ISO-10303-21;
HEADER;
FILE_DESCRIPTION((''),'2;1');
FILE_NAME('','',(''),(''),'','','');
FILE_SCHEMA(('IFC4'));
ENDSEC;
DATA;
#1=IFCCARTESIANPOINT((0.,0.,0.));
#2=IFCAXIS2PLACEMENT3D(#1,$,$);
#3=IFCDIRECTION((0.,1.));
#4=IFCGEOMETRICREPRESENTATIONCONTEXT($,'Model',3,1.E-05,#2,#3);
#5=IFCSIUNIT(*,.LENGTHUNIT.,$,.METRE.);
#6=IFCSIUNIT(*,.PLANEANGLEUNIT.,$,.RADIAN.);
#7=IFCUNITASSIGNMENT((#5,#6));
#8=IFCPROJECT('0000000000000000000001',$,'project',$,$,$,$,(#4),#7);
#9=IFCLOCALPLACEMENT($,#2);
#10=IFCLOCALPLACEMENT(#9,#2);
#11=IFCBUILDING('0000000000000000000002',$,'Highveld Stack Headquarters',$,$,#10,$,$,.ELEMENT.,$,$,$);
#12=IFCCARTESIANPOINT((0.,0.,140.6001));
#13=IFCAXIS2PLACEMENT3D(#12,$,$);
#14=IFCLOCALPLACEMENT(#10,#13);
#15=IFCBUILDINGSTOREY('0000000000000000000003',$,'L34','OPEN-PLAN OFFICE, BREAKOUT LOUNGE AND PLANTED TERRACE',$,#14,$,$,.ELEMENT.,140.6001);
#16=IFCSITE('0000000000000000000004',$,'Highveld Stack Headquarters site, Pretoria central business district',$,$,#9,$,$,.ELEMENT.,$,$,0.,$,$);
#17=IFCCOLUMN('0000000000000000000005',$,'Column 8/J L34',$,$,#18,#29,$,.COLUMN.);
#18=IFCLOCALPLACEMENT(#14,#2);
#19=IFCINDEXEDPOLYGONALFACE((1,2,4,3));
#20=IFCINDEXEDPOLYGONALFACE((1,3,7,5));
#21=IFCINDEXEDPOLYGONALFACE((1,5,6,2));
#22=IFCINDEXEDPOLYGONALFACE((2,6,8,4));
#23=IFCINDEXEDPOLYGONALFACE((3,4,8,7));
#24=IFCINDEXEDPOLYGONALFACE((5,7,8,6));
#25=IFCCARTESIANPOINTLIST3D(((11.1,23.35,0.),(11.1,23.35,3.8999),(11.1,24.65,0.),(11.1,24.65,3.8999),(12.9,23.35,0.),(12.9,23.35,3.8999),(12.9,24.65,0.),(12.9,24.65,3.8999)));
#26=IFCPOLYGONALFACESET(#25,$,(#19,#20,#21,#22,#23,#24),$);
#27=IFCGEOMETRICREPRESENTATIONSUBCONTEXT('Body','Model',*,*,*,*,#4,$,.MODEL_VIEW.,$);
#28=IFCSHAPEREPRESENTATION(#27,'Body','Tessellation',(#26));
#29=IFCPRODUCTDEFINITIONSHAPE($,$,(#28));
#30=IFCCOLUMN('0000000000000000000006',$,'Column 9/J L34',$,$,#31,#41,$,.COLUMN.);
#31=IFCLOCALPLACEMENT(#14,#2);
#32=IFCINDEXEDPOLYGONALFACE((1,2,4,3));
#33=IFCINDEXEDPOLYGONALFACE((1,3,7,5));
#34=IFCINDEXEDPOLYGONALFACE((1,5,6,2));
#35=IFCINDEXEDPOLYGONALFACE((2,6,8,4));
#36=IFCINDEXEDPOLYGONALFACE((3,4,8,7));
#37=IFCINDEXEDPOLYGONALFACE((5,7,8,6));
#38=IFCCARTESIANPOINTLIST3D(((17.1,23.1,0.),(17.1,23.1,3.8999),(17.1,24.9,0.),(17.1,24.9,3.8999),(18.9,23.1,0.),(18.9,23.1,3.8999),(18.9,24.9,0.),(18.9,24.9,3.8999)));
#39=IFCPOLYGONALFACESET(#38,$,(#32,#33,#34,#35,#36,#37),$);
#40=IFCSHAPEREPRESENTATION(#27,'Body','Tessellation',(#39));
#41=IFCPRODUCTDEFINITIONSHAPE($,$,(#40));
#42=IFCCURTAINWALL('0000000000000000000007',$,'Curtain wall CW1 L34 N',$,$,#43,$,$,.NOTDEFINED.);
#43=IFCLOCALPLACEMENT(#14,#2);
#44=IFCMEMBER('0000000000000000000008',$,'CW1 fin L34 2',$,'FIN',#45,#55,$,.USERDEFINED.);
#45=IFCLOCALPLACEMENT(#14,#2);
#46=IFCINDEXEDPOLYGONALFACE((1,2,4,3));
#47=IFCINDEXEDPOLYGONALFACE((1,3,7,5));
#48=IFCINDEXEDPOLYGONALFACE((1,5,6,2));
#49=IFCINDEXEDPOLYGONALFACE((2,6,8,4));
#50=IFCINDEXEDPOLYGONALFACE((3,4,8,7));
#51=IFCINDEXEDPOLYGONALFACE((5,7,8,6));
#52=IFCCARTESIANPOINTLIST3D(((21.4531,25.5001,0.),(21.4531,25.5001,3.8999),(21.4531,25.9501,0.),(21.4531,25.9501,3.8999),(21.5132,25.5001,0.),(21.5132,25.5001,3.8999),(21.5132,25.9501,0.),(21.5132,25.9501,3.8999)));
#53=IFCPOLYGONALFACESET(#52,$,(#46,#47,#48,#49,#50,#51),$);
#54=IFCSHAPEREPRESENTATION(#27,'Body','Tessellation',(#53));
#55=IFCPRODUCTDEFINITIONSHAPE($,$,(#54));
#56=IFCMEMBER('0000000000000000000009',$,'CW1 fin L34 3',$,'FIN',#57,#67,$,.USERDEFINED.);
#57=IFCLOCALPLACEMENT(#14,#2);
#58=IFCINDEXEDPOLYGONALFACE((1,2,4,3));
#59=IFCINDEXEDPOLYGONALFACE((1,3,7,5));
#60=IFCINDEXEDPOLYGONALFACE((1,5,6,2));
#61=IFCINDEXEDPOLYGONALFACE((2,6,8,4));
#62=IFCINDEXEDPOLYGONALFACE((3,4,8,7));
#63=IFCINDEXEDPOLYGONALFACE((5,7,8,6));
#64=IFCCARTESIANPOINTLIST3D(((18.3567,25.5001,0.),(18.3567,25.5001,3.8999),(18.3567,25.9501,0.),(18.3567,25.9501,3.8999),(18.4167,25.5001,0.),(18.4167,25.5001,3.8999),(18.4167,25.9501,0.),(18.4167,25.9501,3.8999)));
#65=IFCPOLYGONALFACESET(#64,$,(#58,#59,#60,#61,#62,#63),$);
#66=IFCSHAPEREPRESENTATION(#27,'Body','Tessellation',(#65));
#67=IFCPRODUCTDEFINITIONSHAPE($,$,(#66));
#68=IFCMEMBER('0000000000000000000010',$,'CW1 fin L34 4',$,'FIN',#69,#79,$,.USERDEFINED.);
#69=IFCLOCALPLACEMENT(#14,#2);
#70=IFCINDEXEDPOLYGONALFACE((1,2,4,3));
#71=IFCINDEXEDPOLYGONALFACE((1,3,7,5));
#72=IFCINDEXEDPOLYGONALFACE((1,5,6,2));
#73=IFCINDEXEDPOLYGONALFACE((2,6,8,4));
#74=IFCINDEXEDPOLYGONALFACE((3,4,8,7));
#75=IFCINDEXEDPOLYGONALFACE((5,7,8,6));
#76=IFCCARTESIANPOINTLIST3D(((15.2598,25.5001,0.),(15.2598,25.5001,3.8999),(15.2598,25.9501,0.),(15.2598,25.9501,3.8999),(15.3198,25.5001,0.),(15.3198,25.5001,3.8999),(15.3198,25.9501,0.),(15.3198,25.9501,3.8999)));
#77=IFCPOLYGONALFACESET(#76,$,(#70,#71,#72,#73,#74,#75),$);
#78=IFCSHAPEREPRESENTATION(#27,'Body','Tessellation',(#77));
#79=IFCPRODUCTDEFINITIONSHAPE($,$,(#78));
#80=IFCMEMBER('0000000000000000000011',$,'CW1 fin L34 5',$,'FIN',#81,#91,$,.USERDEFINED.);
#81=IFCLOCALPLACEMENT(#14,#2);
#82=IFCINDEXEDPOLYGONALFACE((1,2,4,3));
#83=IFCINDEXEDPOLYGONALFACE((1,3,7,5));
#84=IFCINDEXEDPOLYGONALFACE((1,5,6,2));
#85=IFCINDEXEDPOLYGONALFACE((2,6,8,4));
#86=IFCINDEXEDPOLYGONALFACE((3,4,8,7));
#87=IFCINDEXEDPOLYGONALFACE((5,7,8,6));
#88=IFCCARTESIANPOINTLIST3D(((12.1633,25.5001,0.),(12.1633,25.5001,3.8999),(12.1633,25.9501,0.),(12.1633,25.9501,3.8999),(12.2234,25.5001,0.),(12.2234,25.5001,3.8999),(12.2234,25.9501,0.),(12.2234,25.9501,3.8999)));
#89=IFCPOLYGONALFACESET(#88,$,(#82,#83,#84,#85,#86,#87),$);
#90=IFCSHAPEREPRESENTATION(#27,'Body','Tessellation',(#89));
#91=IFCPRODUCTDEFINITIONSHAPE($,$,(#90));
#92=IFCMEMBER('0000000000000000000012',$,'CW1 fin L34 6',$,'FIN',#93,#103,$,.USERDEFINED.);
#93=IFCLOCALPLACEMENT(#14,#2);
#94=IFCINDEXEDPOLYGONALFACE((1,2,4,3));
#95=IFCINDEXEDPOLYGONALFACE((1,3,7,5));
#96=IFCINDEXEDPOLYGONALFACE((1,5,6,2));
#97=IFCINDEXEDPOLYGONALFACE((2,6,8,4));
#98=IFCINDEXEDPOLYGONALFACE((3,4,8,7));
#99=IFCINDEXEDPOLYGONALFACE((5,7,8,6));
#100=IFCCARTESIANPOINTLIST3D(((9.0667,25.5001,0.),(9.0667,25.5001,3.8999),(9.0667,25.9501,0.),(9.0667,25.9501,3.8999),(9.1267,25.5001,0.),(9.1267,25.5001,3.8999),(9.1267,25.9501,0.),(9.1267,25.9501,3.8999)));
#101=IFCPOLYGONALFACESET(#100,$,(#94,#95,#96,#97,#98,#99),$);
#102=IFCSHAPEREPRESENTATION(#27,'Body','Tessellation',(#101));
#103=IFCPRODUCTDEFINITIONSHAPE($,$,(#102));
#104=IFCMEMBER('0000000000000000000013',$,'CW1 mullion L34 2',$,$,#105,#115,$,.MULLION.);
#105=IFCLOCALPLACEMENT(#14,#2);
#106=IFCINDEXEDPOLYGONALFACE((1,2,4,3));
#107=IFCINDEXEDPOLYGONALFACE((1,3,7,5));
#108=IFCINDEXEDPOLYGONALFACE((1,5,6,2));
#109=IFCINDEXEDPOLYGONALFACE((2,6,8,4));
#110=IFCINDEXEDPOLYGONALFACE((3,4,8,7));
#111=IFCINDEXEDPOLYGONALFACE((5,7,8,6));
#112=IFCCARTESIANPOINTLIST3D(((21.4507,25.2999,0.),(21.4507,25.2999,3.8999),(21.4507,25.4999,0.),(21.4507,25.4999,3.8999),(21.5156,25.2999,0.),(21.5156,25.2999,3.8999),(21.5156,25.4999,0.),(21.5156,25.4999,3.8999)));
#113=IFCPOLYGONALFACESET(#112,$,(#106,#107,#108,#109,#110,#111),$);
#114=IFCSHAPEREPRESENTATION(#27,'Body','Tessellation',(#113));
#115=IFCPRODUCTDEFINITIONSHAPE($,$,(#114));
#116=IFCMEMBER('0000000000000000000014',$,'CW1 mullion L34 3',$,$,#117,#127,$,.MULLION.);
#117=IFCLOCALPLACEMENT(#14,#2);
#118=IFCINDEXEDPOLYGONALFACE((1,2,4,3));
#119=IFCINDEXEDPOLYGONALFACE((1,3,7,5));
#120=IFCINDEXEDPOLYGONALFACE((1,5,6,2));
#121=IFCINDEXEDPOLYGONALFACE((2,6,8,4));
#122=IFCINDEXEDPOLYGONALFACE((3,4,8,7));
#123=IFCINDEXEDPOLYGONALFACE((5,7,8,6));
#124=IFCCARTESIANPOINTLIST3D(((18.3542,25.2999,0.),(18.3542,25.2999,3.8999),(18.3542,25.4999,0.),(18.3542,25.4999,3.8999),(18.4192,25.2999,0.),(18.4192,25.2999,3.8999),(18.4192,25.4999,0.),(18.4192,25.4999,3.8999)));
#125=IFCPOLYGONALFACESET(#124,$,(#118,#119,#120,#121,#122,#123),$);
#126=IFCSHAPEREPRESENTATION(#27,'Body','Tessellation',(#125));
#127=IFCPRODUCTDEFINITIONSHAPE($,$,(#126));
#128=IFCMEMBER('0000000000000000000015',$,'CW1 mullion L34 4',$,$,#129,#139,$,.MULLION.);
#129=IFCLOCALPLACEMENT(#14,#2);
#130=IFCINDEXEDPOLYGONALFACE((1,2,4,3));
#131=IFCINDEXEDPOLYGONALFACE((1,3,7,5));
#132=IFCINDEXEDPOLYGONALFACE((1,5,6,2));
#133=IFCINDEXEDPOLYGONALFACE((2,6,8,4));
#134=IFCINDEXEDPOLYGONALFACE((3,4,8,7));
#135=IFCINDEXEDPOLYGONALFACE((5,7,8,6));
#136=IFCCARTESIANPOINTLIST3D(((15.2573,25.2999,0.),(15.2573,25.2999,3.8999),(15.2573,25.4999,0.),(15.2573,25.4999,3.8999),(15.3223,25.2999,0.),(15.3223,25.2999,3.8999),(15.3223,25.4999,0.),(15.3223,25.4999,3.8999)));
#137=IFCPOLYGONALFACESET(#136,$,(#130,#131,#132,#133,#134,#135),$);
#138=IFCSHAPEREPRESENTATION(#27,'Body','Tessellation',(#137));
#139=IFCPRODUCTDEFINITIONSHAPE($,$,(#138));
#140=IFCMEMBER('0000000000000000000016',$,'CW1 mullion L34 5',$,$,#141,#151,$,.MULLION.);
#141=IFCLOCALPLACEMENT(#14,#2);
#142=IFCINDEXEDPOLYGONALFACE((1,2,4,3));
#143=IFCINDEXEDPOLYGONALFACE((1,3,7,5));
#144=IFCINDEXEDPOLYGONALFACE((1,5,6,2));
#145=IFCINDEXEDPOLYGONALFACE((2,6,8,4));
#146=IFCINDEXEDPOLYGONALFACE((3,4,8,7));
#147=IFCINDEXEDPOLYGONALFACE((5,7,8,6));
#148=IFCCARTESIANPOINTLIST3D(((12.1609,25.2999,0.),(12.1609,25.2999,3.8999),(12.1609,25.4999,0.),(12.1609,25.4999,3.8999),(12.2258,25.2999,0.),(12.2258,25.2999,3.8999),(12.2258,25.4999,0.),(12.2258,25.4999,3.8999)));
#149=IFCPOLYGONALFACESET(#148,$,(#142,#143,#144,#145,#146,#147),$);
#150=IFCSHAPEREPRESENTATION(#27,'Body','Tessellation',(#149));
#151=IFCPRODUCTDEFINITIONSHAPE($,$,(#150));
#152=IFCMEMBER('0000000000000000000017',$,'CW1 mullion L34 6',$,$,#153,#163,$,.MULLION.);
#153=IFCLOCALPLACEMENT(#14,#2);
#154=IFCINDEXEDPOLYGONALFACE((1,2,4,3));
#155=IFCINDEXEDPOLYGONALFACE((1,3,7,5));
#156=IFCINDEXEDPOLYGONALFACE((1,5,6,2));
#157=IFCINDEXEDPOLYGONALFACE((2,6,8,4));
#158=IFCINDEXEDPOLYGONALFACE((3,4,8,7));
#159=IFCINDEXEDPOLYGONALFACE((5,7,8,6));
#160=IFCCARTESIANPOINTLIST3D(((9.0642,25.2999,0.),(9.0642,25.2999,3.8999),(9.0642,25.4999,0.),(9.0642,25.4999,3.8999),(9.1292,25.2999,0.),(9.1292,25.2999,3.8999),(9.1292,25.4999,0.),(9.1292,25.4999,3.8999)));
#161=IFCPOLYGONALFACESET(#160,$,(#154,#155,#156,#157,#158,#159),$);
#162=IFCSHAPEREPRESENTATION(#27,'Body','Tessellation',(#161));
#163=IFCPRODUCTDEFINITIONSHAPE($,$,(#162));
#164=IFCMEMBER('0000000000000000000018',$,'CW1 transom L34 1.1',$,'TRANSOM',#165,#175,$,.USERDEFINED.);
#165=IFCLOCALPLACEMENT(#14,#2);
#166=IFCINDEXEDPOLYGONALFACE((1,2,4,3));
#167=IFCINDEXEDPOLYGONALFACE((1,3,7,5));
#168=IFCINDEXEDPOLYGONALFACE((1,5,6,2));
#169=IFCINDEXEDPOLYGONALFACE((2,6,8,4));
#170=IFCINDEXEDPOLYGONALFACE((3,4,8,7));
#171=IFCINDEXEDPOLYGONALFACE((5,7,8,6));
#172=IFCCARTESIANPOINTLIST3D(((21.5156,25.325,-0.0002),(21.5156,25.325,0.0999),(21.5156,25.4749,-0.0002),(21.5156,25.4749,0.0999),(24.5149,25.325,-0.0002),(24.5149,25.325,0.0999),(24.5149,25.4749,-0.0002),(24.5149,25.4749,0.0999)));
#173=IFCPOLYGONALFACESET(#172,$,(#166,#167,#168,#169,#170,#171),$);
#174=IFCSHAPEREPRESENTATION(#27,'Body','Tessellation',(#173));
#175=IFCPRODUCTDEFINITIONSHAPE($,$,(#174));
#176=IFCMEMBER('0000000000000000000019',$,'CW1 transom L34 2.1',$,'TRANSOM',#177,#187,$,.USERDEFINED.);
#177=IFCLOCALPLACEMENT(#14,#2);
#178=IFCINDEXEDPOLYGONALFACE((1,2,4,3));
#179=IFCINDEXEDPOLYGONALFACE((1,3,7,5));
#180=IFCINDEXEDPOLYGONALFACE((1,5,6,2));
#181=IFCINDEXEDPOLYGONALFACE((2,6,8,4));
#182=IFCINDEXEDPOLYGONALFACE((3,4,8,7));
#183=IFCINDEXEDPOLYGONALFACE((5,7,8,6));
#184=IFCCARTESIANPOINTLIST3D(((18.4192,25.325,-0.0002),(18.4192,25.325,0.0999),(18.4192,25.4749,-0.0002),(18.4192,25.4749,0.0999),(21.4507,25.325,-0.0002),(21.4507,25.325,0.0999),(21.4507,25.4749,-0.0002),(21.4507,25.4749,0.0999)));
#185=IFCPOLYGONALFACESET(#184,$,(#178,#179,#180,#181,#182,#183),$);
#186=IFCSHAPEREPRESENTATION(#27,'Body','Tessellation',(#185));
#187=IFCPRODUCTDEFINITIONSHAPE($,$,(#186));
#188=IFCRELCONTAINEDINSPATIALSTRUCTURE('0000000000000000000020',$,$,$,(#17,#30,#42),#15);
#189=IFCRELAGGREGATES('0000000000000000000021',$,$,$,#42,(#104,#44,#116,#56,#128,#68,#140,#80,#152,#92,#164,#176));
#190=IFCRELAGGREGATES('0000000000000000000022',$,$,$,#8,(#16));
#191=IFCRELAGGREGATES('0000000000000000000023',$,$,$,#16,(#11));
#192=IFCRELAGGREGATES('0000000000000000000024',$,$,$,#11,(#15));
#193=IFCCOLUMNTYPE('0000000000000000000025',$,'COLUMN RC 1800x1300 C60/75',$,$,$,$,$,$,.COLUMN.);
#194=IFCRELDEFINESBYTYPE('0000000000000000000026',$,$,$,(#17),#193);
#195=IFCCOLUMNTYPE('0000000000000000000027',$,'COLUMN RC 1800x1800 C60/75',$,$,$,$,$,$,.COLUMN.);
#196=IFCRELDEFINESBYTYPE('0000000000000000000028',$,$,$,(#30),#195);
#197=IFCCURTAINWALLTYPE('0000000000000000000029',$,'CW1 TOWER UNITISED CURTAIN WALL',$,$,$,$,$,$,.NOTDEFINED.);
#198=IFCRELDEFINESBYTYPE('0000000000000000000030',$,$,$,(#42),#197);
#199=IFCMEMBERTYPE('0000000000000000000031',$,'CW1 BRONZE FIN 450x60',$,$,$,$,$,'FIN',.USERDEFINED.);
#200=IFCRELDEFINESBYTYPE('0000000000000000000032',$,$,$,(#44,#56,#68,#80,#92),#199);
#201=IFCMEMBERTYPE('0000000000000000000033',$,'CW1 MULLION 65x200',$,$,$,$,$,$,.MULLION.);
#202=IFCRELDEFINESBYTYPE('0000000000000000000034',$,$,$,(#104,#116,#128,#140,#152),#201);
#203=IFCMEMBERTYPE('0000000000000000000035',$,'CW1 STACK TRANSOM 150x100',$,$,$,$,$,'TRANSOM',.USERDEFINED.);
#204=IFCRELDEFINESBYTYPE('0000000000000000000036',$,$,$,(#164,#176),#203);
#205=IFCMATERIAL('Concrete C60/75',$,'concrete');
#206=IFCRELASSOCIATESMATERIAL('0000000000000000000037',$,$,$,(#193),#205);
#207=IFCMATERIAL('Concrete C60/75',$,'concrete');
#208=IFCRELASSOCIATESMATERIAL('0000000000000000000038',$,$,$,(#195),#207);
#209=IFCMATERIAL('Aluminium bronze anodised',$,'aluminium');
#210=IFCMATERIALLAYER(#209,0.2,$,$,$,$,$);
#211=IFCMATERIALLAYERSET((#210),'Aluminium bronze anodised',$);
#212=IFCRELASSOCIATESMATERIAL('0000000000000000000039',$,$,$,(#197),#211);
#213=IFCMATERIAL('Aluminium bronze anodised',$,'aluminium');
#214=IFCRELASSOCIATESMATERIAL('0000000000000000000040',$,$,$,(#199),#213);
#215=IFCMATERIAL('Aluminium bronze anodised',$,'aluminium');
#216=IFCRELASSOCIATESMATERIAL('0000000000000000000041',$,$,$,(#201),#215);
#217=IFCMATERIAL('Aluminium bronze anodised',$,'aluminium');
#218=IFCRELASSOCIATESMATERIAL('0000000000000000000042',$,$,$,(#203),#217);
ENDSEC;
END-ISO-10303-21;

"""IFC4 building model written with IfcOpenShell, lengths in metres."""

from ifc_helpers import new_model, si_unit, direction, frame, origin, origin_2d, place, context, subcontext, project, spatial, rectangle, extrude, material, layer, layer_set, material_profile, profile_set, type_object, element, aggregate, save


model = new_model("IFC4")

# Units and contexts
model_context = context("Model", 3, precision=1e-05, world=origin(), true_north=direction((0.0, 1.0)))
body_context = subcontext(model_context, "Body", "Model", "MODEL_VIEW")
ifc_project = project(units=[si_unit("LENGTHUNIT", "METRE"), si_unit("PLANEANGLEUNIT", "RADIAN")], contexts=[model_context])

# Site, building, storey
site_placement = place(None, origin())
site = spatial("IfcSite", under=ifc_project, at=site_placement, Name="Highveld Stack Headquarters site, Pretoria central business district", CompositionType="ELEMENT", RefElevation=0.0)
building_placement = place(site_placement, origin())
building = spatial("IfcBuilding", under=site, at=building_placement, Name="Highveld Stack Headquarters", CompositionType="ELEMENT")
storey_placement = place(building_placement, frame((0.0, 0.0, 140.6001)))
storey = spatial("IfcBuildingStorey", under=building, at=storey_placement, Name="L34", Description="OPEN-PLAN OFFICE, BREAKOUT LOUNGE AND PLANTED TERRACE", CompositionType="ELEMENT", Elevation=140.6001)

# Columns
ifc_material_1 = material(Name="Concrete C60/75", Category="concrete")
ifc_material_profile_1 = material_profile(ifc_material_1, rectangle(XDim=1.8, YDim=1.3, at=origin_2d()), Name="RC 1800x1300")
ifc_profile_set_1 = profile_set([ifc_material_profile_1], Name="Concrete C60/75")
column_type_1 = type_object("IfcColumnType", Name="COLUMN RC 1800x1300 C60/75", PredefinedType="COLUMN", material=ifc_profile_set_1)
column_1_placement = place(storey_placement, frame((12.0, 24.0, 0.0), z_axis=(0.0, 0.0, 1.0), x_axis=(1.0, 0.0, 0.0)))
element("IfcColumn", 1, at=column_1_placement, inside=storey, type_object=column_type_1, Name="Column 8/J L34", PredefinedType="COLUMN", context=body_context, shape_type="SweptSolid", body=[
    extrude(rectangle(XDim=1.8, YDim=1.3, at=origin_2d()), origin(), (0.0, 0.0, 1.0), 3.8999),
])
ifc_material_2 = material(Name="Concrete C60/75", Category="concrete")
ifc_material_profile_2 = material_profile(ifc_material_2, rectangle(XDim=1.8, YDim=1.8, at=origin_2d()), Name="RC 1800x1800")
ifc_profile_set_2 = profile_set([ifc_material_profile_2], Name="Concrete C60/75")
column_type_2 = type_object("IfcColumnType", Name="COLUMN RC 1800x1800 C60/75", PredefinedType="COLUMN", material=ifc_profile_set_2)
column_2_placement = place(storey_placement, frame((18.0, 24.0, 0.0), z_axis=(0.0, 0.0, 1.0), x_axis=(1.0, 0.0, 0.0)))
element("IfcColumn", 2, at=column_2_placement, inside=storey, type_object=column_type_2, Name="Column 9/J L34", PredefinedType="COLUMN", context=body_context, shape_type="SweptSolid", body=[
    extrude(rectangle(XDim=1.8, YDim=1.8, at=origin_2d()), origin(), (0.0, 0.0, 1.0), 3.8999),
])

# Curtain wall, members
ifc_material_3 = material(Name="Aluminium bronze anodised", Category="aluminium")
ifc_layer_1 = layer(ifc_material_3, 0.2)
ifc_layer_set_1 = layer_set([ifc_layer_1], Name="Aluminium bronze anodised")
curtain_wall_type = type_object("IfcCurtainWallType", Name="CW1 TOWER UNITISED CURTAIN WALL", PredefinedType="NOTDEFINED", material=ifc_layer_set_1)
curtain_wall_placement = place(storey_placement, origin())
curtain_wall = element("IfcCurtainWall", 3, at=curtain_wall_placement, inside=storey, type_object=curtain_wall_type, Name="Curtain wall CW1 L34 N", PredefinedType="NOTDEFINED")
ifc_material_4 = material(Name="Aluminium bronze anodised", Category="aluminium")
ifc_material_profile_3 = material_profile(ifc_material_4, rectangle(XDim=0.45, YDim=0.0601, at=origin_2d()), Name="FIN 450x60")
ifc_profile_set_3 = profile_set([ifc_material_profile_3], Name="Aluminium bronze anodised")
member_type_1 = type_object("IfcMemberType", Name="CW1 BRONZE FIN 450x60", ElementType="FIN", PredefinedType="USERDEFINED", material=ifc_profile_set_3)
member_1_placement = place(storey_placement, frame((21.4832, 25.7251, 0.0), z_axis=(0.0, 0.0, 1.0), x_axis=(0.0, -1.0, 0.0)))
member_1 = element("IfcMember", 4, at=member_1_placement, type_object=member_type_1, Name="CW1 fin L34 2", ObjectType="FIN", PredefinedType="USERDEFINED", context=body_context, shape_type="SweptSolid", body=[
    extrude(rectangle(XDim=0.45, YDim=0.0601, at=origin_2d()), origin(), (0.0, 0.0, 1.0), 3.8999),
])
member_2_placement = place(storey_placement, frame((18.3867, 25.7251, 0.0), z_axis=(0.0, 0.0, 1.0), x_axis=(0.0, -1.0, 0.0)))
member_2 = element("IfcMember", 5, at=member_2_placement, type_object=member_type_1, Name="CW1 fin L34 3", ObjectType="FIN", PredefinedType="USERDEFINED", context=body_context, shape_type="SweptSolid", body=[
    extrude(rectangle(XDim=0.45, YDim=0.0601, at=origin_2d()), origin(), (0.0, 0.0, 1.0), 3.8999),
])
member_3_placement = place(storey_placement, frame((15.2898, 25.7251, 0.0), z_axis=(0.0, 0.0, 1.0), x_axis=(0.0, -1.0, 0.0)))
member_3 = element("IfcMember", 6, at=member_3_placement, type_object=member_type_1, Name="CW1 fin L34 4", ObjectType="FIN", PredefinedType="USERDEFINED", context=body_context, shape_type="SweptSolid", body=[
    extrude(rectangle(XDim=0.45, YDim=0.0601, at=origin_2d()), origin(), (0.0, 0.0, 1.0), 3.8999),
])
member_4_placement = place(storey_placement, frame((12.1934, 25.7251, 0.0), z_axis=(0.0, 0.0, 1.0), x_axis=(0.0, -1.0, 0.0)))
member_4 = element("IfcMember", 7, at=member_4_placement, type_object=member_type_1, Name="CW1 fin L34 5", ObjectType="FIN", PredefinedType="USERDEFINED", context=body_context, shape_type="SweptSolid", body=[
    extrude(rectangle(XDim=0.45, YDim=0.0601, at=origin_2d()), origin(), (0.0, 0.0, 1.0), 3.8999),
])
member_5_placement = place(storey_placement, frame((9.0967, 25.7251, 0.0), z_axis=(0.0, 0.0, 1.0), x_axis=(0.0, -1.0, 0.0)))
member_5 = element("IfcMember", 8, at=member_5_placement, type_object=member_type_1, Name="CW1 fin L34 6", ObjectType="FIN", PredefinedType="USERDEFINED", context=body_context, shape_type="SweptSolid", body=[
    extrude(rectangle(XDim=0.45, YDim=0.0601, at=origin_2d()), origin(), (0.0, 0.0, 1.0), 3.8999),
])
ifc_material_5 = material(Name="Aluminium bronze anodised", Category="aluminium")
ifc_material_profile_4 = material_profile(ifc_material_5, rectangle(XDim=0.2, YDim=0.0649, at=origin_2d()), Name="CW1 MULLION 65x200")
ifc_profile_set_4 = profile_set([ifc_material_profile_4], Name="Aluminium bronze anodised")
member_type_2 = type_object("IfcMemberType", Name="CW1 MULLION 65x200", PredefinedType="MULLION", material=ifc_profile_set_4)
member_6_placement = place(storey_placement, frame((21.4832, 25.3999, 0.0), z_axis=(0.0, 0.0, 1.0), x_axis=(0.0, -1.0, 0.0)))
member_6 = element("IfcMember", 9, at=member_6_placement, type_object=member_type_2, Name="CW1 mullion L34 2", PredefinedType="MULLION", context=body_context, shape_type="SweptSolid", body=[
    extrude(rectangle(XDim=0.2, YDim=0.0649, at=origin_2d()), origin(), (0.0, 0.0, 1.0), 3.8999),
])
member_7_placement = place(storey_placement, frame((18.3867, 25.3999, 0.0), z_axis=(0.0, 0.0, 1.0), x_axis=(0.0, -1.0, 0.0)))
member_7 = element("IfcMember", 10, at=member_7_placement, type_object=member_type_2, Name="CW1 mullion L34 3", PredefinedType="MULLION", context=body_context, shape_type="SweptSolid", body=[
    extrude(rectangle(XDim=0.2, YDim=0.0649, at=origin_2d()), origin(), (0.0, 0.0, 1.0), 3.8999),
])
member_8_placement = place(storey_placement, frame((15.2898, 25.3999, 0.0), z_axis=(0.0, 0.0, 1.0), x_axis=(0.0, -1.0, 0.0)))
member_8 = element("IfcMember", 11, at=member_8_placement, type_object=member_type_2, Name="CW1 mullion L34 4", PredefinedType="MULLION", context=body_context, shape_type="SweptSolid", body=[
    extrude(rectangle(XDim=0.2, YDim=0.0649, at=origin_2d()), origin(), (0.0, 0.0, 1.0), 3.8999),
])
member_9_placement = place(storey_placement, frame((12.1934, 25.3999, 0.0), z_axis=(0.0, 0.0, 1.0), x_axis=(0.0, -1.0, 0.0)))
member_9 = element("IfcMember", 12, at=member_9_placement, type_object=member_type_2, Name="CW1 mullion L34 5", PredefinedType="MULLION", context=body_context, shape_type="SweptSolid", body=[
    extrude(rectangle(XDim=0.2, YDim=0.0649, at=origin_2d()), origin(), (0.0, 0.0, 1.0), 3.8999),
])
member_10_placement = place(storey_placement, frame((9.0967, 25.3999, 0.0), z_axis=(0.0, 0.0, 1.0), x_axis=(0.0, -1.0, 0.0)))
member_10 = element("IfcMember", 13, at=member_10_placement, type_object=member_type_2, Name="CW1 mullion L34 6", PredefinedType="MULLION", context=body_context, shape_type="SweptSolid", body=[
    extrude(rectangle(XDim=0.2, YDim=0.0649, at=origin_2d()), origin(), (0.0, 0.0, 1.0), 3.8999),
])
ifc_material_6 = material(Name="Aluminium bronze anodised", Category="aluminium")
ifc_material_profile_5 = material_profile(ifc_material_6, rectangle(XDim=0.1499, YDim=0.1001, at=origin_2d()), Name="CW1 TRANSOM 150x100")
ifc_profile_set_5 = profile_set([ifc_material_profile_5], Name="Aluminium bronze anodised")
member_type_3 = type_object("IfcMemberType", Name="CW1 STACK TRANSOM 150x100", ElementType="TRANSOM", PredefinedType="USERDEFINED", material=ifc_profile_set_5)
member_11_placement = place(storey_placement, frame((24.5149, 25.3999, 0.0498), z_axis=(-1.0, 0.0, 0.0), x_axis=(0.0, -1.0, 0.0)))
member_11 = element("IfcMember", 14, at=member_11_placement, type_object=member_type_3, Name="CW1 transom L34 1.1", ObjectType="TRANSOM", PredefinedType="USERDEFINED", context=body_context, shape_type="SweptSolid", body=[
    extrude(rectangle(XDim=0.1499, YDim=0.1001, at=origin_2d()), origin(), (0.0, 0.0, 1.0), 2.9993),
])
member_12_placement = place(storey_placement, frame((21.4507, 25.3999, 0.0498), z_axis=(-1.0, 0.0, 0.0), x_axis=(0.0, -1.0, 0.0)))
member_12 = element("IfcMember", 15, at=member_12_placement, type_object=member_type_3, Name="CW1 transom L34 2.1", ObjectType="TRANSOM", PredefinedType="USERDEFINED", context=body_context, shape_type="SweptSolid", body=[
    extrude(rectangle(XDim=0.1499, YDim=0.1001, at=origin_2d()), origin(), (0.0, 0.0, 1.0), 3.0315),
])
aggregate(curtain_wall, [member_6, member_1, member_7, member_2, member_8, member_3, member_9, member_4, member_10, member_5, member_11, member_12])

save(model, "model.ifc")
